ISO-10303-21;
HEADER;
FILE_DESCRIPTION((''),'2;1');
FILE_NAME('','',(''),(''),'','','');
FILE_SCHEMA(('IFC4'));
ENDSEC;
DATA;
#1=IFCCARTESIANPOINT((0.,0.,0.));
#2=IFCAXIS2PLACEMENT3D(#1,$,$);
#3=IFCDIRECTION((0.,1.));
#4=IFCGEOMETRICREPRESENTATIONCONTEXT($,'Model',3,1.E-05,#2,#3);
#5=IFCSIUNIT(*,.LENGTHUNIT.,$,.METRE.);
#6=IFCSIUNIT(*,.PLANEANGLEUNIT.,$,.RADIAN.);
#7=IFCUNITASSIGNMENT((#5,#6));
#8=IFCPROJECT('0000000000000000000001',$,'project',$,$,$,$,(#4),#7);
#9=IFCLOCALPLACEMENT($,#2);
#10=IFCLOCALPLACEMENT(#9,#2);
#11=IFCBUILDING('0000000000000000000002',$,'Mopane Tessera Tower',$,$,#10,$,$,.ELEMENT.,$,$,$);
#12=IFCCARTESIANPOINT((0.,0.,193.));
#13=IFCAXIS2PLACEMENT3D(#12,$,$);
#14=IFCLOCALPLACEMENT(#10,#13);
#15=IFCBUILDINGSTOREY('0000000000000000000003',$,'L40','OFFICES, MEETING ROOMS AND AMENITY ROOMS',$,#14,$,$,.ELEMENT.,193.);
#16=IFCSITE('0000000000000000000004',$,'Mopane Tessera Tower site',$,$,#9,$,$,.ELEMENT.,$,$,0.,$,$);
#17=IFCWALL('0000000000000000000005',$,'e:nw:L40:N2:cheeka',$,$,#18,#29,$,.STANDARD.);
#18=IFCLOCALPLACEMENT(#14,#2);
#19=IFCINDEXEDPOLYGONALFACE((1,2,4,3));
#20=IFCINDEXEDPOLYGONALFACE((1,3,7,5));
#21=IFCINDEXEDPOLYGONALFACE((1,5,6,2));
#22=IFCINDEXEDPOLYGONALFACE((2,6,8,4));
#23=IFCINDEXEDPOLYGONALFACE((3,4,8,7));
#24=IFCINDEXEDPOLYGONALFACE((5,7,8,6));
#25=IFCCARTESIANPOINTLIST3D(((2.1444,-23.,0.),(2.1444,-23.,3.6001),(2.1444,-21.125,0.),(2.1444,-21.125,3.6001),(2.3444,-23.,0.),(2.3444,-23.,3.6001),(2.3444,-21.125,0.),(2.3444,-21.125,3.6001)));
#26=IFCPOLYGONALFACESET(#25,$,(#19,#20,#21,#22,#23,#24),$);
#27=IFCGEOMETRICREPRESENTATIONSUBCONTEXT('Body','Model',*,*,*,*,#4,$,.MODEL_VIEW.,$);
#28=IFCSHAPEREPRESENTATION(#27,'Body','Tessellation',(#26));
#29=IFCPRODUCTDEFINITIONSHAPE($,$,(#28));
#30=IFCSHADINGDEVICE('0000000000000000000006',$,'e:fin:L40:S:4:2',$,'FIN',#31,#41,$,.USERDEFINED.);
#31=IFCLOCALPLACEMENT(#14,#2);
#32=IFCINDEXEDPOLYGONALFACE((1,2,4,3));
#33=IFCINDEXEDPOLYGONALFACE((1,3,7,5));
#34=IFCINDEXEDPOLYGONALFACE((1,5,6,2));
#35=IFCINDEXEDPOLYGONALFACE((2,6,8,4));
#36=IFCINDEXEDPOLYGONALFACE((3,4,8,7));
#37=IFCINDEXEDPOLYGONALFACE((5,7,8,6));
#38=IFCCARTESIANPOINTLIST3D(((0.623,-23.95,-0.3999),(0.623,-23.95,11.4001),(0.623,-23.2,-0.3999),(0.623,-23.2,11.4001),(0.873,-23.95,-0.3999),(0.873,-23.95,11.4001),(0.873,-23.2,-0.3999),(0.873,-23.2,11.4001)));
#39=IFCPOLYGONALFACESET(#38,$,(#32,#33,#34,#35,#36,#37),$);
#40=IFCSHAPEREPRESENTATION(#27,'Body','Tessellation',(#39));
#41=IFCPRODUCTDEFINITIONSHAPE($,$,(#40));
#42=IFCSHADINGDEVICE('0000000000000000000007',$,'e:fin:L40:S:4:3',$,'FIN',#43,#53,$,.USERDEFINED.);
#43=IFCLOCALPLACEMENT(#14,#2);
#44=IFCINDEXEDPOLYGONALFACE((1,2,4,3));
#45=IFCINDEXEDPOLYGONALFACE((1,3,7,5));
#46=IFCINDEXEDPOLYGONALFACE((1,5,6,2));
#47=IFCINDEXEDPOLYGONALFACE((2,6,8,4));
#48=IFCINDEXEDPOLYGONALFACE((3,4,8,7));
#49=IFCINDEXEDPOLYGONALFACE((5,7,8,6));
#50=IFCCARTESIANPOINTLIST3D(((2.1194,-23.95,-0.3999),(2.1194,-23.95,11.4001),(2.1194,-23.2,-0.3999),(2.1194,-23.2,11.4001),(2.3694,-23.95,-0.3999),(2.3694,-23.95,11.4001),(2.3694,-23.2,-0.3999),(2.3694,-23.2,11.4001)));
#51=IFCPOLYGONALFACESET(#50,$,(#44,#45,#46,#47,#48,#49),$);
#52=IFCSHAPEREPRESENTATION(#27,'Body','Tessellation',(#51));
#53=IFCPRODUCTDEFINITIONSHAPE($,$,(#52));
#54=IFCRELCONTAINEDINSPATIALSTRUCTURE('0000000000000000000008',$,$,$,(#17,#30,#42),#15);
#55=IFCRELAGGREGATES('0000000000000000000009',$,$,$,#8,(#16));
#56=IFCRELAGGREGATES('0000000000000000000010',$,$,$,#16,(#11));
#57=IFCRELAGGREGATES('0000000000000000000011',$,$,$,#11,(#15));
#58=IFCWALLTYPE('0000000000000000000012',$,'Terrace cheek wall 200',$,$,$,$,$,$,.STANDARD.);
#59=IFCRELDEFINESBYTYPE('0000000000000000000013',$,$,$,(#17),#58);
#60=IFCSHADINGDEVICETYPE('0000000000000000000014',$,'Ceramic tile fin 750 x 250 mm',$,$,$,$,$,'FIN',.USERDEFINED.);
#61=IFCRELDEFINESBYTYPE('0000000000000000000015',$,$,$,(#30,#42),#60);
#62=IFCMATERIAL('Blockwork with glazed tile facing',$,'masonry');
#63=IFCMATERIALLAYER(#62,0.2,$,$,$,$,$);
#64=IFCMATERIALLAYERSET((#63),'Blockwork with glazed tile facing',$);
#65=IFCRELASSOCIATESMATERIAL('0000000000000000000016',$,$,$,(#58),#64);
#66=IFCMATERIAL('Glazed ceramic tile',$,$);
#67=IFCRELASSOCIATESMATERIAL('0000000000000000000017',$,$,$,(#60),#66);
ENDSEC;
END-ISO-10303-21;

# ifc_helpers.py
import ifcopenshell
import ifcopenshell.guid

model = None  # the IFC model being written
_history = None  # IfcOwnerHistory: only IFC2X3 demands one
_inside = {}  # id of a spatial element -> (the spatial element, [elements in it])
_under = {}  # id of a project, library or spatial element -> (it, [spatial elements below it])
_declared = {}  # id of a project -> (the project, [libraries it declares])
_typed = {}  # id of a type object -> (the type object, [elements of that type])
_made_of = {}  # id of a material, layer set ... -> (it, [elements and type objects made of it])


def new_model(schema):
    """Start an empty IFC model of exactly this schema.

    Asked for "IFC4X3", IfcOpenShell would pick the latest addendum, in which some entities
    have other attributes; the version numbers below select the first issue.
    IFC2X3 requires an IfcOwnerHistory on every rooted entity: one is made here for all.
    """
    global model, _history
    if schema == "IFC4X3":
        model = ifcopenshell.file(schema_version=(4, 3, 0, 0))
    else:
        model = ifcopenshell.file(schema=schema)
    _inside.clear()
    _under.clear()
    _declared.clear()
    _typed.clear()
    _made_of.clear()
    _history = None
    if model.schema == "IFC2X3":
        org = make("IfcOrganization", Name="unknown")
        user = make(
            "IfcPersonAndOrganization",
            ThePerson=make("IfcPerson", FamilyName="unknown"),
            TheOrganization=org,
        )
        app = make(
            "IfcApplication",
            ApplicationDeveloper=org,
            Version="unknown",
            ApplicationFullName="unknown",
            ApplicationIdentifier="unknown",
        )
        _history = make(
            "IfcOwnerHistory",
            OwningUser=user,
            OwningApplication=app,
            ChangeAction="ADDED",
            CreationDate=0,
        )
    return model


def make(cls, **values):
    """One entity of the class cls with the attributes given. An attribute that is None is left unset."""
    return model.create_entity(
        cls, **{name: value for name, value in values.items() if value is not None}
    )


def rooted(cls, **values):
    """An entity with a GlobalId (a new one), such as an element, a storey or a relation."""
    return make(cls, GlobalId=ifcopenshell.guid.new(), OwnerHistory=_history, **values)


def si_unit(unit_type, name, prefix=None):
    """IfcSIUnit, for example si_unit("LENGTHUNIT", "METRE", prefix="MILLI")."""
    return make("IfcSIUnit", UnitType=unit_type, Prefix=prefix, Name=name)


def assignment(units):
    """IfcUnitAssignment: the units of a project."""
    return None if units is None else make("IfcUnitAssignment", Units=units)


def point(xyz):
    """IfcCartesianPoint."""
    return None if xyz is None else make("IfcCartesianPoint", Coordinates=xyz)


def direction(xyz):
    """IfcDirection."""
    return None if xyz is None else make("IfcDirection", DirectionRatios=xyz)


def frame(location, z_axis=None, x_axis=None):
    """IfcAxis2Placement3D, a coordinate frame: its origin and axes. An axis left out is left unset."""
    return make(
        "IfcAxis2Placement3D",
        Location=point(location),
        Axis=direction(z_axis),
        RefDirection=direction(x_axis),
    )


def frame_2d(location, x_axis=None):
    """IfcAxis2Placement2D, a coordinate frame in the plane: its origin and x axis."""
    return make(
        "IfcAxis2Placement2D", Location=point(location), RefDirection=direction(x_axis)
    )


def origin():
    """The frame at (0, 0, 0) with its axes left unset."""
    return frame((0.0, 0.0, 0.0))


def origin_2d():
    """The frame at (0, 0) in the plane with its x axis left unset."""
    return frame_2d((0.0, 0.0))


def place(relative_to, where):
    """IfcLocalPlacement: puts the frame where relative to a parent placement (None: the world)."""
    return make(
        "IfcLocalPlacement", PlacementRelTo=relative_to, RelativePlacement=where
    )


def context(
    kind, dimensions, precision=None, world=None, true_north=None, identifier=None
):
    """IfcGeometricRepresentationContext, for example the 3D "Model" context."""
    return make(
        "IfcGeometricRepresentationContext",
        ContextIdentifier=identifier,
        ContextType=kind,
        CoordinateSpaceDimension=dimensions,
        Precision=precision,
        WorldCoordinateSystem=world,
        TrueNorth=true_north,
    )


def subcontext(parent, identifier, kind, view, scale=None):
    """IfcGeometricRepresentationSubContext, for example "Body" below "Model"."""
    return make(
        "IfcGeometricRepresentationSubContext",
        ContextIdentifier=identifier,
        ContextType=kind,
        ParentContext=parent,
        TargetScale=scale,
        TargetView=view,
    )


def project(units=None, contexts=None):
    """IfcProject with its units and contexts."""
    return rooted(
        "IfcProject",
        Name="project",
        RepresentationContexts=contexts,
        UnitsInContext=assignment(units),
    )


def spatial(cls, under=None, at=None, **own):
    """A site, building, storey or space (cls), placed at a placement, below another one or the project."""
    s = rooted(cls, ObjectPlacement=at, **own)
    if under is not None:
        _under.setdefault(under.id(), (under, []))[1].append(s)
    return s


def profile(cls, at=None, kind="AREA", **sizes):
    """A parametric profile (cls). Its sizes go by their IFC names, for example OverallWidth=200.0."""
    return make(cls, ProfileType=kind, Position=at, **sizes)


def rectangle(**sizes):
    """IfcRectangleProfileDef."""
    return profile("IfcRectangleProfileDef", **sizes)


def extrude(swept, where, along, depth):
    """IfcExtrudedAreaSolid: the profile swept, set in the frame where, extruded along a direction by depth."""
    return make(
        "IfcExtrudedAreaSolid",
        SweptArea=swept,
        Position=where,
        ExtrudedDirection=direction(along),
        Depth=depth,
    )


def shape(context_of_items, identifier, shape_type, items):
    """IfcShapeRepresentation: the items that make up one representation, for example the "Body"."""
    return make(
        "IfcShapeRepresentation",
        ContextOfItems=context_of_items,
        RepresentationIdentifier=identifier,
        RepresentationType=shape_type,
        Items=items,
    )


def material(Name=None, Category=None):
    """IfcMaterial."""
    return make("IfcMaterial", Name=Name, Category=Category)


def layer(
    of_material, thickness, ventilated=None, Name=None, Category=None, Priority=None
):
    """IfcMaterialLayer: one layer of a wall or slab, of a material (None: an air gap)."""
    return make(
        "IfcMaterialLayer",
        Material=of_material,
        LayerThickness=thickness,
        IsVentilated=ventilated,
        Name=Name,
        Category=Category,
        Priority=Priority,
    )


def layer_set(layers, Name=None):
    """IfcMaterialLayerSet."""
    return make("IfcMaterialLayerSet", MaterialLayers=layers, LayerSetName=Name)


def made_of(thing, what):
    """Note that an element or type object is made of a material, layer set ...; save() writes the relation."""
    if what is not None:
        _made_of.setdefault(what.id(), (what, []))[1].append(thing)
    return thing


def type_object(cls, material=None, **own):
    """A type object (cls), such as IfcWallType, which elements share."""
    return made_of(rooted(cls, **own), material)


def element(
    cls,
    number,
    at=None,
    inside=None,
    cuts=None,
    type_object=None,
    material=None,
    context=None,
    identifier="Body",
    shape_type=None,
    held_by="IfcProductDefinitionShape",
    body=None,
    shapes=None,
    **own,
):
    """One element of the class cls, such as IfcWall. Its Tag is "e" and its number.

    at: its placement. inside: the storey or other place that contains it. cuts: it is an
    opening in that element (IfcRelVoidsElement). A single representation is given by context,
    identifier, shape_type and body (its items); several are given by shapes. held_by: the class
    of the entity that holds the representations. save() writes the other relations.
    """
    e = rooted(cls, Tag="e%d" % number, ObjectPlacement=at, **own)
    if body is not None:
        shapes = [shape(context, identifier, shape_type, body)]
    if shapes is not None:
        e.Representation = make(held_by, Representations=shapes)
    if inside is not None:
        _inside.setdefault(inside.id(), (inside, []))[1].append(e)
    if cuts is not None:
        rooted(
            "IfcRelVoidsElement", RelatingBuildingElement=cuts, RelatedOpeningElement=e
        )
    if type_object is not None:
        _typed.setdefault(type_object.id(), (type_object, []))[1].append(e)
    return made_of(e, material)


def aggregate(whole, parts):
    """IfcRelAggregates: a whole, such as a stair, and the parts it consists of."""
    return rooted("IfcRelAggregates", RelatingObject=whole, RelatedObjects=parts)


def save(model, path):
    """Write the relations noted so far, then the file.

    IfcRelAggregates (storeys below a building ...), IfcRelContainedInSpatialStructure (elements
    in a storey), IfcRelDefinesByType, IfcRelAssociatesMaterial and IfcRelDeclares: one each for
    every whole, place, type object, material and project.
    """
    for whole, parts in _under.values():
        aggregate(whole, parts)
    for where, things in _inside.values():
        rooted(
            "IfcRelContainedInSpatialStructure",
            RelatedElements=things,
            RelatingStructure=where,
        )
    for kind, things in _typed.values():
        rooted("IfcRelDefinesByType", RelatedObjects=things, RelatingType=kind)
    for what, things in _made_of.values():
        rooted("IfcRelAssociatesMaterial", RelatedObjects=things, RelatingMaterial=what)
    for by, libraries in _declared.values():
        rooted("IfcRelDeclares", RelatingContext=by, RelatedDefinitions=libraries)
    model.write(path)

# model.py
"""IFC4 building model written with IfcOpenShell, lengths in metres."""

from ifc_helpers import new_model, si_unit, direction, frame, frame_2d, origin, origin_2d, place, context, subcontext, project, spatial, rectangle, extrude, material, layer, layer_set, type_object, element, save


model = new_model("IFC4")

# Units and contexts
model_context = context("Model", 3, precision=1e-05, world=origin(), true_north=direction((0.0, 1.0)))
body_context = subcontext(model_context, "Body", "Model", "MODEL_VIEW")
ifc_project = project(units=[si_unit("LENGTHUNIT", "METRE"), si_unit("PLANEANGLEUNIT", "RADIAN")], contexts=[model_context])

# Site, building, storey
site_placement = place(None, origin())
site = spatial("IfcSite", under=ifc_project, at=site_placement, Name="Mopane Tessera Tower site", CompositionType="ELEMENT", RefElevation=0.0)
building_placement = place(site_placement, origin())
building = spatial("IfcBuilding", under=site, at=building_placement, Name="Mopane Tessera Tower", CompositionType="ELEMENT")
storey_placement = place(building_placement, frame((0.0, 0.0, 193.0)))
storey = spatial("IfcBuildingStorey", under=building, at=storey_placement, Name="L40", Description="OFFICES, MEETING ROOMS AND AMENITY ROOMS", CompositionType="ELEMENT", Elevation=193.0)

# Wall
ifc_material_1 = material(Name="Blockwork with glazed tile facing", Category="masonry")
ifc_layer_1 = layer(ifc_material_1, 0.2)
ifc_layer_set_1 = layer_set([ifc_layer_1], Name="Blockwork with glazed tile facing")
wall_type_1 = type_object("IfcWallType", Name="Terrace cheek wall 200", PredefinedType="STANDARD", material=ifc_layer_set_1)
wall_1_placement = place(storey_placement, frame((2.2444, -23.0, 0.0), z_axis=(0.0, 0.0, 1.0), x_axis=(0.0, 1.0, 0.0)))
element("IfcWall", 1, at=wall_1_placement, inside=storey, type_object=wall_type_1, Name="e:nw:L40:N2:cheeka", PredefinedType="STANDARD", context=body_context, shape_type="SweptSolid", body=[
    extrude(rectangle(XDim=1.875, YDim=0.2, at=frame_2d((0.9375, 0.0))), origin(), (0.0, 0.0, 1.0), 3.6001),
])

# Shading devices
ifc_material_2 = material(Name="Glazed ceramic tile")
shading_device_type = type_object("IfcShadingDeviceType", Name="Ceramic tile fin 750 x 250 mm", ElementType="FIN", PredefinedType="USERDEFINED", material=ifc_material_2)
for number, where, z_axis, x_axis, name in (
    (2, (0.748, -23.575, -0.3999), (0.0, 0.0, 1.0), (1.0, 0.0, 0.0), "e:fin:L40:S:4:2"),
    (3, (2.2444, -23.575, -0.3999), (0.0, 0.0, 1.0), (1.0, 0.0, 0.0), "e:fin:L40:S:4:3"),
):
    element("IfcShadingDevice", number, at=place(storey_placement, frame(where, z_axis=z_axis, x_axis=x_axis)), inside=storey, type_object=shading_device_type, Name=name, ObjectType="FIN", PredefinedType="USERDEFINED", context=body_context, shape_type="SweptSolid", body=[
        extrude(rectangle(XDim=0.25, YDim=0.75, at=origin_2d()), origin(), (0.0, 0.0, 1.0), 11.8),
    ])

save(model, "model.ifc")
